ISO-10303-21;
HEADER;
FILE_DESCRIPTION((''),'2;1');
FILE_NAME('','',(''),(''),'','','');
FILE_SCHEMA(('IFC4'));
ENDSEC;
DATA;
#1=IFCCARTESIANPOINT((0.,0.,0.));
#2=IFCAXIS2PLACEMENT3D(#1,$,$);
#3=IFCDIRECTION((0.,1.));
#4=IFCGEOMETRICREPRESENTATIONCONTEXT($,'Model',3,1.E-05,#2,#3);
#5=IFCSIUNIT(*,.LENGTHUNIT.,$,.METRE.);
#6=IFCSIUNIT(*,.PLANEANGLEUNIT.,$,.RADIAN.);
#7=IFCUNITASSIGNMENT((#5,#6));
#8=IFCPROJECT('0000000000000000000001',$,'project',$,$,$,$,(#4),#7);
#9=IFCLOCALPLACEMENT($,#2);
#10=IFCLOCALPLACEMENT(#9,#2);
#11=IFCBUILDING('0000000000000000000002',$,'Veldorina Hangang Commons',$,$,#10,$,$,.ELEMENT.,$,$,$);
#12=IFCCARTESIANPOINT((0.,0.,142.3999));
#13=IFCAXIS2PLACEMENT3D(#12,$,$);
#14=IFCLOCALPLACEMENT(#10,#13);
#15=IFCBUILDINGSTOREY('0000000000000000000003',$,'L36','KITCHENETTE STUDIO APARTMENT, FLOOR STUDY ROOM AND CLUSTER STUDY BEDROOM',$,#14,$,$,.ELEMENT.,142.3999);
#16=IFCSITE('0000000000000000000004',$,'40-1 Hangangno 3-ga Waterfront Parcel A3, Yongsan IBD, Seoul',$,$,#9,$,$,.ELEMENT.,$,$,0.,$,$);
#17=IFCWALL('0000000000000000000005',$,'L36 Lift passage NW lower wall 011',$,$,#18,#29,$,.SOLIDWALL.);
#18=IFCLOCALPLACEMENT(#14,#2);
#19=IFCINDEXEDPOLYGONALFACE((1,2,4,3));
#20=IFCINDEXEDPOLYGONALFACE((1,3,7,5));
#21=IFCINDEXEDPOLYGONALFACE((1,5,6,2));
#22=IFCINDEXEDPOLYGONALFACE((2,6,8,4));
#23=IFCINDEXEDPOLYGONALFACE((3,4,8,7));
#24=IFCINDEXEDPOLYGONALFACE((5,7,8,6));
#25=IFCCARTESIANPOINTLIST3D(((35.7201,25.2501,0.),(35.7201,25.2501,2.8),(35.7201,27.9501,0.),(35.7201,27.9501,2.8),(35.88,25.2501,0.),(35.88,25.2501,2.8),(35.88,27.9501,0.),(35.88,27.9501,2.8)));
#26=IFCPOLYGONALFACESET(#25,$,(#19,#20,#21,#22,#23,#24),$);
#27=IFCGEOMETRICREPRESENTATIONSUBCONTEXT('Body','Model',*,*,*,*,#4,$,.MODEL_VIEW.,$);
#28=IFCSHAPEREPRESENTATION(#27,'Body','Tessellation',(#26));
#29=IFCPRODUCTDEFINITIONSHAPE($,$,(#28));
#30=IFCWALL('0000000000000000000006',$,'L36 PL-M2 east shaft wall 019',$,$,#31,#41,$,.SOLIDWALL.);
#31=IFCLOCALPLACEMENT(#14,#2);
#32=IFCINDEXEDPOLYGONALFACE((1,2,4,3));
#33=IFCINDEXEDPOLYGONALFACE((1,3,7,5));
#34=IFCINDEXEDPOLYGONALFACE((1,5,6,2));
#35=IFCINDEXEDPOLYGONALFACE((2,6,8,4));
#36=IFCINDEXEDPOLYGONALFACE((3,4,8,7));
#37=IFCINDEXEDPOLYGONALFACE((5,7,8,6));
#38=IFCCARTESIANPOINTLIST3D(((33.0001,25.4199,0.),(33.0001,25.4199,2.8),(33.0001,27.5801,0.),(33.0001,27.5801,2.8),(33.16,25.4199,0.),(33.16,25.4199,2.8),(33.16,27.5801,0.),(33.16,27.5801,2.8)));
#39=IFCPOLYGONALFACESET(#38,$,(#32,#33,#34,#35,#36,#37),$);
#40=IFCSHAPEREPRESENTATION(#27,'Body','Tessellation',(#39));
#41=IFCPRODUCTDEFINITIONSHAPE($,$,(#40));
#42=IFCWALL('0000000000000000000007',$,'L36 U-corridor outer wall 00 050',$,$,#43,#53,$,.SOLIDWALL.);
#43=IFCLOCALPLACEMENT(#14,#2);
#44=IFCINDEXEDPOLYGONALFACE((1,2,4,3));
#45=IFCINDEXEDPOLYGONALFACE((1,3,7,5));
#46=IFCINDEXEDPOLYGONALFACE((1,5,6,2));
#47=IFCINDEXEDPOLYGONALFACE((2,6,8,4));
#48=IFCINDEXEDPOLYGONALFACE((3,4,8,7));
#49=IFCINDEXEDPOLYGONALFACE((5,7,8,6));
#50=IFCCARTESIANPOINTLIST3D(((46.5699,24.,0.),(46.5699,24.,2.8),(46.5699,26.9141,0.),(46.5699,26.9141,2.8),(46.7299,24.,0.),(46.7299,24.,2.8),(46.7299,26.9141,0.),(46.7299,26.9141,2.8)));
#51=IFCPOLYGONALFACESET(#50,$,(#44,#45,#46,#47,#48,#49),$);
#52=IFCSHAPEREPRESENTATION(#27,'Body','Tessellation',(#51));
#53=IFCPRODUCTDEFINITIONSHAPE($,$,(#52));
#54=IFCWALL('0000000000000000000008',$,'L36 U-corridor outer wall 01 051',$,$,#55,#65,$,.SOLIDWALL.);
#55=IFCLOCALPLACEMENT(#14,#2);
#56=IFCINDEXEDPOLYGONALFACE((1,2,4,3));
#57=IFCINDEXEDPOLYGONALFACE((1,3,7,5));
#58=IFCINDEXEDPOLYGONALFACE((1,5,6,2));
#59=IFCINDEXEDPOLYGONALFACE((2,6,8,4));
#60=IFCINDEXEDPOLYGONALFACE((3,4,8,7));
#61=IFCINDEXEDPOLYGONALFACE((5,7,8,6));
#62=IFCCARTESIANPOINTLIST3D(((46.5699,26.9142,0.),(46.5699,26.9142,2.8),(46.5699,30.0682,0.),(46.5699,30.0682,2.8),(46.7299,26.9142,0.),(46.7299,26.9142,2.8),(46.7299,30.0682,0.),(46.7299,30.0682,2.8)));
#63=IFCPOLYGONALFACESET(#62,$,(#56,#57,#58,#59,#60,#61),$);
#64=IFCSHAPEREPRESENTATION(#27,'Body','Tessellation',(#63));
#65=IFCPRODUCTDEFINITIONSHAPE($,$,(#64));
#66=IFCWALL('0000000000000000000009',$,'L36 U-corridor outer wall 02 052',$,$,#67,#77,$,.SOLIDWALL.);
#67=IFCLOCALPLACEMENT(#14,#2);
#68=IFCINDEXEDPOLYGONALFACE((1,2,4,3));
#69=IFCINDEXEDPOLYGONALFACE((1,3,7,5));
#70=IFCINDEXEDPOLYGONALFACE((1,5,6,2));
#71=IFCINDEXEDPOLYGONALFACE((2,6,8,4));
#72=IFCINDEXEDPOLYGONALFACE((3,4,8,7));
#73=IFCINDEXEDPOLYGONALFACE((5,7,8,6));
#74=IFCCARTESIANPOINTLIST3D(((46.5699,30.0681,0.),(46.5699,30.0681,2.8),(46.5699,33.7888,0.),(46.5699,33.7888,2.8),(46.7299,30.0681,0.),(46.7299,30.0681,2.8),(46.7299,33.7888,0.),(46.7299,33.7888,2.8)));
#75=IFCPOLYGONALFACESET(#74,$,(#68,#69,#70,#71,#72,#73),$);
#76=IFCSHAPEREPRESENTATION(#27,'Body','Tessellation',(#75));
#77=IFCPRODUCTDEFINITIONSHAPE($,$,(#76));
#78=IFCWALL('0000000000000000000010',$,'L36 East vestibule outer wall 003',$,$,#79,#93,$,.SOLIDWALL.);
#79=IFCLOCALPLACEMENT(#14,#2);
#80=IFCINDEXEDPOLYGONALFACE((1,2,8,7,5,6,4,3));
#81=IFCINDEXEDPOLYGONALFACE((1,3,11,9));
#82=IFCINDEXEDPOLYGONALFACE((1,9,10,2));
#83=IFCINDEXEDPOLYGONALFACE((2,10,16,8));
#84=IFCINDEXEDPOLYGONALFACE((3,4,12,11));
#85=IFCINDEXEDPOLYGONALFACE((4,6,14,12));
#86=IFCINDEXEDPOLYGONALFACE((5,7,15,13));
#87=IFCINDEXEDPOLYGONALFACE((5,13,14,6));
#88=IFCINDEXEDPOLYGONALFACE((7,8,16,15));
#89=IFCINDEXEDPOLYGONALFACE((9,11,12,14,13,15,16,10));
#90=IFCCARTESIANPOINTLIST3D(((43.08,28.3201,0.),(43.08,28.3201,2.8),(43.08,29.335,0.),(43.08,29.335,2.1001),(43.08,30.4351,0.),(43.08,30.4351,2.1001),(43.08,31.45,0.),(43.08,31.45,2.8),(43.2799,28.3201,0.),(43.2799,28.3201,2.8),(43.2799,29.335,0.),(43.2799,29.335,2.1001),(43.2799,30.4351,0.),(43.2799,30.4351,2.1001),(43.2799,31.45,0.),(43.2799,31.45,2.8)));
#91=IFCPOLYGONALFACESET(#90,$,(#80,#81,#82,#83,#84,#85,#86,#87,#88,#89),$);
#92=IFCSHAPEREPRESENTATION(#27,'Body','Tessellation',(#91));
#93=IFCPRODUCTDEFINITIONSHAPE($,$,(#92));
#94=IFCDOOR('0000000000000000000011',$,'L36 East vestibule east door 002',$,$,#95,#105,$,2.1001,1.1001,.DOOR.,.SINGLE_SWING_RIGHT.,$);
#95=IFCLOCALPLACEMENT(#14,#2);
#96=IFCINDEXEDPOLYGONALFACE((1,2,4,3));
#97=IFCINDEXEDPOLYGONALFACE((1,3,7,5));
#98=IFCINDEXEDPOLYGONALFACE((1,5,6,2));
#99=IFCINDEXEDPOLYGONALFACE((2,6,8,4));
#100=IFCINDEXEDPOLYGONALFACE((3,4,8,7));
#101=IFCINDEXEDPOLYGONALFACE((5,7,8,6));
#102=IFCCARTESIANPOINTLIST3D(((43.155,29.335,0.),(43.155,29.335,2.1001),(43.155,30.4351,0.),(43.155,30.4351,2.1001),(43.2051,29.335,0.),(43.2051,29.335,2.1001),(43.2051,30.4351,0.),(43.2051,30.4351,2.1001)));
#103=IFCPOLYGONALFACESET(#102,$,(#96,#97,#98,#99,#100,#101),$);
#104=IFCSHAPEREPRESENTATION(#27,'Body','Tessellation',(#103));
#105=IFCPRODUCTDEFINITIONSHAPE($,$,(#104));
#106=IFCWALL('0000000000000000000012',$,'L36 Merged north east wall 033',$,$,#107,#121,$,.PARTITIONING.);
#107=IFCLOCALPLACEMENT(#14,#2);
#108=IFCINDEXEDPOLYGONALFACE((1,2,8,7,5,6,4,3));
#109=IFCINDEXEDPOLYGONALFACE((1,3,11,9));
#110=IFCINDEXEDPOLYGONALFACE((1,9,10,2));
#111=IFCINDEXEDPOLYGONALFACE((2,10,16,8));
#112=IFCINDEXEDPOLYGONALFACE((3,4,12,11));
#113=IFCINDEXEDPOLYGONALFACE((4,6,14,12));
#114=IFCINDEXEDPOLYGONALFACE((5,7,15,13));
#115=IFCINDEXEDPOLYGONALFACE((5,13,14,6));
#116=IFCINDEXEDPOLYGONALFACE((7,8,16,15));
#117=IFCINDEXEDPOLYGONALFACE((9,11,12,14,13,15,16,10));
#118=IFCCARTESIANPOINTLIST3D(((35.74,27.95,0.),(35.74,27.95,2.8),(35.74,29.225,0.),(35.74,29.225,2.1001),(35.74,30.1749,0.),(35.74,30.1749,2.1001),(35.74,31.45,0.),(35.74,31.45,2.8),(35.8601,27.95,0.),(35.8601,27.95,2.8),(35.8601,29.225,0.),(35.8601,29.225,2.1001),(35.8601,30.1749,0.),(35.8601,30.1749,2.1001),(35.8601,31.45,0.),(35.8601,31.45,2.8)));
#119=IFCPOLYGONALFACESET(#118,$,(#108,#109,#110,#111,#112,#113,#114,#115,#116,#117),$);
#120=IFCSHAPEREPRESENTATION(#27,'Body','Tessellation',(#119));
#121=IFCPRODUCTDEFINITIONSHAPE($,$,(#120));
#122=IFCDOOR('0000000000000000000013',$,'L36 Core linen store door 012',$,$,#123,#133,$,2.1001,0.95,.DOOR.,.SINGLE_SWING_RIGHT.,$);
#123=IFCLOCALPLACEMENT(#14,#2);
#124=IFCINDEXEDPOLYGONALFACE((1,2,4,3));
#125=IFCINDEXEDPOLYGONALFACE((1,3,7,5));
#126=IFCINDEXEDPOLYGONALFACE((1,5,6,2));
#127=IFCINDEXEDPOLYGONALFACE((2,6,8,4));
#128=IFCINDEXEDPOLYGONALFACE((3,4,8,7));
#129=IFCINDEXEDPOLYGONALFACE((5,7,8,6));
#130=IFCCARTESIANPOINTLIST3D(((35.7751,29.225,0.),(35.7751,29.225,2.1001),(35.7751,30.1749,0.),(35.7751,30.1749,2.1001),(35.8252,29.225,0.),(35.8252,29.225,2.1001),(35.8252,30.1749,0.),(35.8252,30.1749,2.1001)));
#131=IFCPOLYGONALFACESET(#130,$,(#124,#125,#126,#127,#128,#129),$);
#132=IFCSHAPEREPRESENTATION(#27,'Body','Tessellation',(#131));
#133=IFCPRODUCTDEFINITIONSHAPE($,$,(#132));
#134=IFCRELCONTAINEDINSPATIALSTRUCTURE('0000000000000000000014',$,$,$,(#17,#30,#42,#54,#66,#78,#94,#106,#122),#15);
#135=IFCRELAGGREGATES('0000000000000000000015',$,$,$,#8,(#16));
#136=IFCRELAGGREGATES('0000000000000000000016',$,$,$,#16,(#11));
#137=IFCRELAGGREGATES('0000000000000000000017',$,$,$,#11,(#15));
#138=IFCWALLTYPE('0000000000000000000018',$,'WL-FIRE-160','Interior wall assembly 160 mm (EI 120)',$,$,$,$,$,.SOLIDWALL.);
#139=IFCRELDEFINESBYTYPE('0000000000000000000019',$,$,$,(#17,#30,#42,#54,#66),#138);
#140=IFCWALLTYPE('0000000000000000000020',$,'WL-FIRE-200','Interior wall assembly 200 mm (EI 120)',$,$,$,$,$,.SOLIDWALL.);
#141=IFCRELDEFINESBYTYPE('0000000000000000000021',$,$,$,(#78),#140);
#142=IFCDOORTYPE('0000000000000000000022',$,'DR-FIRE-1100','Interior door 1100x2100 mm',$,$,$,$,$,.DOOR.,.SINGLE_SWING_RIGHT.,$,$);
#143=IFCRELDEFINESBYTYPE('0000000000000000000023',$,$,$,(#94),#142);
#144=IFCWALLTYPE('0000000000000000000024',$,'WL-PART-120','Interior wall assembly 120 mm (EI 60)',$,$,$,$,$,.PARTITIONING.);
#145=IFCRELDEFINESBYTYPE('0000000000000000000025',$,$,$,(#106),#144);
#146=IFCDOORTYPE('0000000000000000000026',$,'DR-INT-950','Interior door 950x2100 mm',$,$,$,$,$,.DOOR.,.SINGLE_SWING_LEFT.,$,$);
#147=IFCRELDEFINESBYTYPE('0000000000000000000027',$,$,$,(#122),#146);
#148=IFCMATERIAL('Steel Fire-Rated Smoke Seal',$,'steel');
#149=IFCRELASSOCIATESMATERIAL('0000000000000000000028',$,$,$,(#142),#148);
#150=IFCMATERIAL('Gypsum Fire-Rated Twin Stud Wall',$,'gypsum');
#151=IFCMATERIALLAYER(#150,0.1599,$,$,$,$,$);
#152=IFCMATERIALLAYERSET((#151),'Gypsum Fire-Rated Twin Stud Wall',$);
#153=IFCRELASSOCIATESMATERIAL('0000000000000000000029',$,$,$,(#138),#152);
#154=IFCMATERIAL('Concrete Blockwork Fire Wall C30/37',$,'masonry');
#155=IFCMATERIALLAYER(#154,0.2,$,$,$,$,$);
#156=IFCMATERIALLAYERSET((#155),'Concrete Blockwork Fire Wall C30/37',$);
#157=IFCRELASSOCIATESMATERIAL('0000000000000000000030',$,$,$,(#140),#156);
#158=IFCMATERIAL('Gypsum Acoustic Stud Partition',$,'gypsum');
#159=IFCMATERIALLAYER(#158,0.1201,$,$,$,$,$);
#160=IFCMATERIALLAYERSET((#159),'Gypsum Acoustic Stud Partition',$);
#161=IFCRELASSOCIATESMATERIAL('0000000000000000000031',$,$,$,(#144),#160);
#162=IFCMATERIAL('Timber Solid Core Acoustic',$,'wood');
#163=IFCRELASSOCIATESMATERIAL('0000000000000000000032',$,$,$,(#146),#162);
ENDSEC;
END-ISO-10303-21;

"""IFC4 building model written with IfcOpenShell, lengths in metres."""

from ifc_helpers import new_model, si_unit, direction, frame, frame_2d, origin, place, context, subcontext, project, spatial, rectangle, extrude, material, layer, layer_set, type_object, element, fill, save


model = new_model("IFC4")

# Units and contexts
model_context = context("Model", 3, precision=1e-05, world=origin(), true_north=direction((0.0, 1.0)))
body_context = subcontext(model_context, "Body", "Model", "MODEL_VIEW")
ifc_project = project(units=[si_unit("LENGTHUNIT", "METRE"), si_unit("PLANEANGLEUNIT", "RADIAN")], contexts=[model_context])

# Site, building, storey
site_placement = place(None, origin())
site = spatial("IfcSite", under=ifc_project, at=site_placement, Name="40-1 Hangangno 3-ga Waterfront Parcel A3, Yongsan IBD, Seoul", CompositionType="ELEMENT", RefElevation=0.0)
building_placement = place(site_placement, origin())
building = spatial("IfcBuilding", under=site, at=building_placement, Name="Veldorina Hangang Commons", CompositionType="ELEMENT")
storey_placement = place(building_placement, frame((0.0, 0.0, 142.3999)))
storey = spatial("IfcBuildingStorey", under=building, at=storey_placement, Name="L36", Description="KITCHENETTE STUDIO APARTMENT, FLOOR STUDY ROOM AND CLUSTER STUDY BEDROOM", CompositionType="ELEMENT", Elevation=142.3999)

# Shared definitions
ifc_material_1 = material(Name="Steel Fire-Rated Smoke Seal", Category="steel")
door_type_1 = type_object("IfcDoorType", Name="DR-FIRE-1100", Description="Interior door 1100x2100 mm", OperationType="SINGLE_SWING_RIGHT", PredefinedType="DOOR", material=ifc_material_1)

# Walls
ifc_material_2 = material(Name="Gypsum Fire-Rated Twin Stud Wall", Category="gypsum")
ifc_layer_1 = layer(ifc_material_2, 0.1599)
ifc_layer_set_1 = layer_set([ifc_layer_1], Name="Gypsum Fire-Rated Twin Stud Wall")
wall_type_1 = type_object("IfcWallType", Name="WL-FIRE-160", Description="Interior wall assembly 160 mm (EI 120)", PredefinedType="SOLIDWALL", material=ifc_layer_set_1)
wall_1_placement = place(storey_placement, frame((35.8, 25.25, 0.0), z_axis=(0.0, 0.0, 1.0), x_axis=(0.0, 1.0, 0.0)))
element("IfcWall", 1, at=wall_1_placement, inside=storey, type_object=wall_type_1, Name="L36 Lift passage NW lower wall 011", PredefinedType="SOLIDWALL", context=body_context, shape_type="SweptSolid", body=[
    extrude(rectangle(XDim=2.7, YDim=0.1599, at=frame_2d((1.3501, 0.0))), origin(), (0.0, 0.0, 1.0), 2.8),
])
wall_2_placement = place(storey_placement, frame((33.0801, 25.4199, 0.0), z_axis=(0.0, 0.0, 1.0), x_axis=(0.0, 1.0, 0.0)))
element("IfcWall", 2, at=wall_2_placement, inside=storey, type_object=wall_type_1, Name="L36 PL-M2 east shaft wall 019", PredefinedType="SOLIDWALL", context=body_context, shape_type="SweptSolid", body=[
    extrude(rectangle(XDim=2.1602, YDim=0.1599, at=frame_2d((1.0801, 0.0))), origin(), (0.0, 0.0, 1.0), 2.8),
])
wall_3_placement = place(storey_placement, frame((46.6499, 24.0, 0.0), z_axis=(0.0, 0.0, 1.0), x_axis=(0.0, 1.0, 0.0)))
element("IfcWall", 3, at=wall_3_placement, inside=storey, type_object=wall_type_1, Name="L36 U-corridor outer wall 00 050", PredefinedType="SOLIDWALL", context=body_context, shape_type="SweptSolid", body=[
    extrude(rectangle(XDim=2.9141, YDim=0.1599, at=frame_2d((1.457, 0.0))), origin(), (0.0, 0.0, 1.0), 2.8),
])
wall_4_placement = place(storey_placement, frame((46.6499, 26.9141, 0.0), z_axis=(0.0, 0.0, 1.0), x_axis=(0.0, 1.0, 0.0)))
element("IfcWall", 4, at=wall_4_placement, inside=storey, type_object=wall_type_1, Name="L36 U-corridor outer wall 01 051", PredefinedType="SOLIDWALL", context=body_context, shape_type="SweptSolid", body=[
    extrude(rectangle(XDim=3.1541, YDim=0.1599, at=frame_2d((1.5771, 0.0))), origin(), (0.0, 0.0, 1.0), 2.8),
])
wall_5_placement = place(storey_placement, frame((46.6499, 30.0681, 0.0), z_axis=(0.0, 0.0, 1.0), x_axis=(0.0, 1.0, 0.0)))
element("IfcWall", 5, at=wall_5_placement, inside=storey, type_object=wall_type_1, Name="L36 U-corridor outer wall 02 052", PredefinedType="SOLIDWALL", context=body_context, shape_type="SweptSolid", body=[
    extrude(rectangle(XDim=3.7207, YDim=0.1599, at=frame_2d((1.8604, 0.0))), origin(), (0.0, 0.0, 1.0), 2.8),
])

# Walls, openings, doors
ifc_material_3 = material(Name="Concrete Blockwork Fire Wall C30/37", Category="masonry")
ifc_layer_2 = layer(ifc_material_3, 0.2)
ifc_layer_set_2 = layer_set([ifc_layer_2], Name="Concrete Blockwork Fire Wall C30/37")
wall_type_2 = type_object("IfcWallType", Name="WL-FIRE-200", Description="Interior wall assembly 200 mm (EI 120)", PredefinedType="SOLIDWALL", material=ifc_layer_set_2)
wall_6_placement = place(storey_placement, frame((43.1799, 28.3201, 0.0), z_axis=(0.0, 0.0, 1.0), x_axis=(0.0, 1.0, 0.0)))
wall_6 = element("IfcWall", 6, at=wall_6_placement, inside=storey, type_object=wall_type_2, Name="L36 East vestibule outer wall 003", PredefinedType="SOLIDWALL", context=body_context, shape_type="SweptSolid", body=[
    extrude(rectangle(XDim=3.1299, YDim=0.2, at=frame_2d((1.5649, 0.0))), origin(), (0.0, 0.0, 1.0), 2.8),
])
opening_1_placement = place(wall_6_placement, frame((1.0149, 0.0, 0.0)))
opening_1 = element("IfcOpeningElement", 7, at=opening_1_placement, cuts=wall_6, PredefinedType="OPENING", context=body_context, shape_type="SweptSolid", body=[
    extrude(rectangle(XDim=1.1001, YDim=2.1001, at=frame_2d((0.55, 1.05))), frame((0.0, 0.1099, 0.0), z_axis=(0.0, -1.0, 0.0), x_axis=(1.0, 0.0, 0.0)), (0.0, 0.0, 1.0), 0.22),
])
door_1_placement = place(opening_1_placement, origin())
door_1 = element("IfcDoor", 8, at=door_1_placement, inside=storey, type_object=door_type_1, Name="L36 East vestibule east door 002", OperationType="SINGLE_SWING_RIGHT", OverallHeight=2.1001, OverallWidth=1.1001, PredefinedType="DOOR", context=body_context, shape_type="SweptSolid", body=[
    extrude(rectangle(XDim=1.1001, YDim=2.1001, at=frame_2d((0.55, 1.05))), frame((0.0, 0.0249, 0.0), z_axis=(0.0, -1.0, 0.0), x_axis=(1.0, 0.0, 0.0)), (0.0, 0.0, 1.0), 0.05),
])
fill(opening_1, door_1)
ifc_material_4 = material(Name="Gypsum Acoustic Stud Partition", Category="gypsum")
ifc_layer_3 = layer(ifc_material_4, 0.1201)
ifc_layer_set_3 = layer_set([ifc_layer_3], Name="Gypsum Acoustic Stud Partition")
wall_type_3 = type_object("IfcWallType", Name="WL-PART-120", Description="Interior wall assembly 120 mm (EI 60)", PredefinedType="PARTITIONING", material=ifc_layer_set_3)
wall_7_placement = place(storey_placement, frame((35.8, 27.95, 0.0), z_axis=(0.0, 0.0, 1.0), x_axis=(0.0, 1.0, 0.0)))
wall_7 = element("IfcWall", 9, at=wall_7_placement, inside=storey, type_object=wall_type_3, Name="L36 Merged north east wall 033", PredefinedType="PARTITIONING", context=body_context, shape_type="SweptSolid", body=[
    extrude(rectangle(XDim=3.5, YDim=0.1201, at=frame_2d((1.75, 0.0))), origin(), (0.0, 0.0, 1.0), 2.8),
])
opening_2_placement = place(wall_7_placement, frame((1.2749, 0.0, 0.0)))
opening_2 = element("IfcOpeningElement", 10, at=opening_2_placement, cuts=wall_7, PredefinedType="OPENING", context=body_context, shape_type="SweptSolid", body=[
    extrude(rectangle(XDim=0.95, YDim=2.1001, at=frame_2d((0.4751, 1.05))), frame((0.0, 0.0701, 0.0), z_axis=(0.0, -1.0, 0.0), x_axis=(1.0, 0.0, 0.0)), (0.0, 0.0, 1.0), 0.1401),
])
ifc_material_5 = material(Name="Timber Solid Core Acoustic", Category="wood")
door_type_2 = type_object("IfcDoorType", Name="DR-INT-950", Description="Interior door 950x2100 mm", OperationType="SINGLE_SWING_LEFT", PredefinedType="DOOR", material=ifc_material_5)
door_2_placement = place(opening_2_placement, origin())
door_2 = element("IfcDoor", 11, at=door_2_placement, inside=storey, type_object=door_type_2, Name="L36 Core linen store door 012", OperationType="SINGLE_SWING_RIGHT", OverallHeight=2.1001, OverallWidth=0.95, PredefinedType="DOOR", context=body_context, shape_type="SweptSolid", body=[
    extrude(rectangle(XDim=0.95, YDim=2.1001, at=frame_2d((0.4751, 1.05))), frame((0.0, 0.0249, 0.0), z_axis=(0.0, -1.0, 0.0), x_axis=(1.0, 0.0, 0.0)), (0.0, 0.0, 1.0), 0.05),
])
fill(opening_2, door_2)

save(model, "model.ifc")
